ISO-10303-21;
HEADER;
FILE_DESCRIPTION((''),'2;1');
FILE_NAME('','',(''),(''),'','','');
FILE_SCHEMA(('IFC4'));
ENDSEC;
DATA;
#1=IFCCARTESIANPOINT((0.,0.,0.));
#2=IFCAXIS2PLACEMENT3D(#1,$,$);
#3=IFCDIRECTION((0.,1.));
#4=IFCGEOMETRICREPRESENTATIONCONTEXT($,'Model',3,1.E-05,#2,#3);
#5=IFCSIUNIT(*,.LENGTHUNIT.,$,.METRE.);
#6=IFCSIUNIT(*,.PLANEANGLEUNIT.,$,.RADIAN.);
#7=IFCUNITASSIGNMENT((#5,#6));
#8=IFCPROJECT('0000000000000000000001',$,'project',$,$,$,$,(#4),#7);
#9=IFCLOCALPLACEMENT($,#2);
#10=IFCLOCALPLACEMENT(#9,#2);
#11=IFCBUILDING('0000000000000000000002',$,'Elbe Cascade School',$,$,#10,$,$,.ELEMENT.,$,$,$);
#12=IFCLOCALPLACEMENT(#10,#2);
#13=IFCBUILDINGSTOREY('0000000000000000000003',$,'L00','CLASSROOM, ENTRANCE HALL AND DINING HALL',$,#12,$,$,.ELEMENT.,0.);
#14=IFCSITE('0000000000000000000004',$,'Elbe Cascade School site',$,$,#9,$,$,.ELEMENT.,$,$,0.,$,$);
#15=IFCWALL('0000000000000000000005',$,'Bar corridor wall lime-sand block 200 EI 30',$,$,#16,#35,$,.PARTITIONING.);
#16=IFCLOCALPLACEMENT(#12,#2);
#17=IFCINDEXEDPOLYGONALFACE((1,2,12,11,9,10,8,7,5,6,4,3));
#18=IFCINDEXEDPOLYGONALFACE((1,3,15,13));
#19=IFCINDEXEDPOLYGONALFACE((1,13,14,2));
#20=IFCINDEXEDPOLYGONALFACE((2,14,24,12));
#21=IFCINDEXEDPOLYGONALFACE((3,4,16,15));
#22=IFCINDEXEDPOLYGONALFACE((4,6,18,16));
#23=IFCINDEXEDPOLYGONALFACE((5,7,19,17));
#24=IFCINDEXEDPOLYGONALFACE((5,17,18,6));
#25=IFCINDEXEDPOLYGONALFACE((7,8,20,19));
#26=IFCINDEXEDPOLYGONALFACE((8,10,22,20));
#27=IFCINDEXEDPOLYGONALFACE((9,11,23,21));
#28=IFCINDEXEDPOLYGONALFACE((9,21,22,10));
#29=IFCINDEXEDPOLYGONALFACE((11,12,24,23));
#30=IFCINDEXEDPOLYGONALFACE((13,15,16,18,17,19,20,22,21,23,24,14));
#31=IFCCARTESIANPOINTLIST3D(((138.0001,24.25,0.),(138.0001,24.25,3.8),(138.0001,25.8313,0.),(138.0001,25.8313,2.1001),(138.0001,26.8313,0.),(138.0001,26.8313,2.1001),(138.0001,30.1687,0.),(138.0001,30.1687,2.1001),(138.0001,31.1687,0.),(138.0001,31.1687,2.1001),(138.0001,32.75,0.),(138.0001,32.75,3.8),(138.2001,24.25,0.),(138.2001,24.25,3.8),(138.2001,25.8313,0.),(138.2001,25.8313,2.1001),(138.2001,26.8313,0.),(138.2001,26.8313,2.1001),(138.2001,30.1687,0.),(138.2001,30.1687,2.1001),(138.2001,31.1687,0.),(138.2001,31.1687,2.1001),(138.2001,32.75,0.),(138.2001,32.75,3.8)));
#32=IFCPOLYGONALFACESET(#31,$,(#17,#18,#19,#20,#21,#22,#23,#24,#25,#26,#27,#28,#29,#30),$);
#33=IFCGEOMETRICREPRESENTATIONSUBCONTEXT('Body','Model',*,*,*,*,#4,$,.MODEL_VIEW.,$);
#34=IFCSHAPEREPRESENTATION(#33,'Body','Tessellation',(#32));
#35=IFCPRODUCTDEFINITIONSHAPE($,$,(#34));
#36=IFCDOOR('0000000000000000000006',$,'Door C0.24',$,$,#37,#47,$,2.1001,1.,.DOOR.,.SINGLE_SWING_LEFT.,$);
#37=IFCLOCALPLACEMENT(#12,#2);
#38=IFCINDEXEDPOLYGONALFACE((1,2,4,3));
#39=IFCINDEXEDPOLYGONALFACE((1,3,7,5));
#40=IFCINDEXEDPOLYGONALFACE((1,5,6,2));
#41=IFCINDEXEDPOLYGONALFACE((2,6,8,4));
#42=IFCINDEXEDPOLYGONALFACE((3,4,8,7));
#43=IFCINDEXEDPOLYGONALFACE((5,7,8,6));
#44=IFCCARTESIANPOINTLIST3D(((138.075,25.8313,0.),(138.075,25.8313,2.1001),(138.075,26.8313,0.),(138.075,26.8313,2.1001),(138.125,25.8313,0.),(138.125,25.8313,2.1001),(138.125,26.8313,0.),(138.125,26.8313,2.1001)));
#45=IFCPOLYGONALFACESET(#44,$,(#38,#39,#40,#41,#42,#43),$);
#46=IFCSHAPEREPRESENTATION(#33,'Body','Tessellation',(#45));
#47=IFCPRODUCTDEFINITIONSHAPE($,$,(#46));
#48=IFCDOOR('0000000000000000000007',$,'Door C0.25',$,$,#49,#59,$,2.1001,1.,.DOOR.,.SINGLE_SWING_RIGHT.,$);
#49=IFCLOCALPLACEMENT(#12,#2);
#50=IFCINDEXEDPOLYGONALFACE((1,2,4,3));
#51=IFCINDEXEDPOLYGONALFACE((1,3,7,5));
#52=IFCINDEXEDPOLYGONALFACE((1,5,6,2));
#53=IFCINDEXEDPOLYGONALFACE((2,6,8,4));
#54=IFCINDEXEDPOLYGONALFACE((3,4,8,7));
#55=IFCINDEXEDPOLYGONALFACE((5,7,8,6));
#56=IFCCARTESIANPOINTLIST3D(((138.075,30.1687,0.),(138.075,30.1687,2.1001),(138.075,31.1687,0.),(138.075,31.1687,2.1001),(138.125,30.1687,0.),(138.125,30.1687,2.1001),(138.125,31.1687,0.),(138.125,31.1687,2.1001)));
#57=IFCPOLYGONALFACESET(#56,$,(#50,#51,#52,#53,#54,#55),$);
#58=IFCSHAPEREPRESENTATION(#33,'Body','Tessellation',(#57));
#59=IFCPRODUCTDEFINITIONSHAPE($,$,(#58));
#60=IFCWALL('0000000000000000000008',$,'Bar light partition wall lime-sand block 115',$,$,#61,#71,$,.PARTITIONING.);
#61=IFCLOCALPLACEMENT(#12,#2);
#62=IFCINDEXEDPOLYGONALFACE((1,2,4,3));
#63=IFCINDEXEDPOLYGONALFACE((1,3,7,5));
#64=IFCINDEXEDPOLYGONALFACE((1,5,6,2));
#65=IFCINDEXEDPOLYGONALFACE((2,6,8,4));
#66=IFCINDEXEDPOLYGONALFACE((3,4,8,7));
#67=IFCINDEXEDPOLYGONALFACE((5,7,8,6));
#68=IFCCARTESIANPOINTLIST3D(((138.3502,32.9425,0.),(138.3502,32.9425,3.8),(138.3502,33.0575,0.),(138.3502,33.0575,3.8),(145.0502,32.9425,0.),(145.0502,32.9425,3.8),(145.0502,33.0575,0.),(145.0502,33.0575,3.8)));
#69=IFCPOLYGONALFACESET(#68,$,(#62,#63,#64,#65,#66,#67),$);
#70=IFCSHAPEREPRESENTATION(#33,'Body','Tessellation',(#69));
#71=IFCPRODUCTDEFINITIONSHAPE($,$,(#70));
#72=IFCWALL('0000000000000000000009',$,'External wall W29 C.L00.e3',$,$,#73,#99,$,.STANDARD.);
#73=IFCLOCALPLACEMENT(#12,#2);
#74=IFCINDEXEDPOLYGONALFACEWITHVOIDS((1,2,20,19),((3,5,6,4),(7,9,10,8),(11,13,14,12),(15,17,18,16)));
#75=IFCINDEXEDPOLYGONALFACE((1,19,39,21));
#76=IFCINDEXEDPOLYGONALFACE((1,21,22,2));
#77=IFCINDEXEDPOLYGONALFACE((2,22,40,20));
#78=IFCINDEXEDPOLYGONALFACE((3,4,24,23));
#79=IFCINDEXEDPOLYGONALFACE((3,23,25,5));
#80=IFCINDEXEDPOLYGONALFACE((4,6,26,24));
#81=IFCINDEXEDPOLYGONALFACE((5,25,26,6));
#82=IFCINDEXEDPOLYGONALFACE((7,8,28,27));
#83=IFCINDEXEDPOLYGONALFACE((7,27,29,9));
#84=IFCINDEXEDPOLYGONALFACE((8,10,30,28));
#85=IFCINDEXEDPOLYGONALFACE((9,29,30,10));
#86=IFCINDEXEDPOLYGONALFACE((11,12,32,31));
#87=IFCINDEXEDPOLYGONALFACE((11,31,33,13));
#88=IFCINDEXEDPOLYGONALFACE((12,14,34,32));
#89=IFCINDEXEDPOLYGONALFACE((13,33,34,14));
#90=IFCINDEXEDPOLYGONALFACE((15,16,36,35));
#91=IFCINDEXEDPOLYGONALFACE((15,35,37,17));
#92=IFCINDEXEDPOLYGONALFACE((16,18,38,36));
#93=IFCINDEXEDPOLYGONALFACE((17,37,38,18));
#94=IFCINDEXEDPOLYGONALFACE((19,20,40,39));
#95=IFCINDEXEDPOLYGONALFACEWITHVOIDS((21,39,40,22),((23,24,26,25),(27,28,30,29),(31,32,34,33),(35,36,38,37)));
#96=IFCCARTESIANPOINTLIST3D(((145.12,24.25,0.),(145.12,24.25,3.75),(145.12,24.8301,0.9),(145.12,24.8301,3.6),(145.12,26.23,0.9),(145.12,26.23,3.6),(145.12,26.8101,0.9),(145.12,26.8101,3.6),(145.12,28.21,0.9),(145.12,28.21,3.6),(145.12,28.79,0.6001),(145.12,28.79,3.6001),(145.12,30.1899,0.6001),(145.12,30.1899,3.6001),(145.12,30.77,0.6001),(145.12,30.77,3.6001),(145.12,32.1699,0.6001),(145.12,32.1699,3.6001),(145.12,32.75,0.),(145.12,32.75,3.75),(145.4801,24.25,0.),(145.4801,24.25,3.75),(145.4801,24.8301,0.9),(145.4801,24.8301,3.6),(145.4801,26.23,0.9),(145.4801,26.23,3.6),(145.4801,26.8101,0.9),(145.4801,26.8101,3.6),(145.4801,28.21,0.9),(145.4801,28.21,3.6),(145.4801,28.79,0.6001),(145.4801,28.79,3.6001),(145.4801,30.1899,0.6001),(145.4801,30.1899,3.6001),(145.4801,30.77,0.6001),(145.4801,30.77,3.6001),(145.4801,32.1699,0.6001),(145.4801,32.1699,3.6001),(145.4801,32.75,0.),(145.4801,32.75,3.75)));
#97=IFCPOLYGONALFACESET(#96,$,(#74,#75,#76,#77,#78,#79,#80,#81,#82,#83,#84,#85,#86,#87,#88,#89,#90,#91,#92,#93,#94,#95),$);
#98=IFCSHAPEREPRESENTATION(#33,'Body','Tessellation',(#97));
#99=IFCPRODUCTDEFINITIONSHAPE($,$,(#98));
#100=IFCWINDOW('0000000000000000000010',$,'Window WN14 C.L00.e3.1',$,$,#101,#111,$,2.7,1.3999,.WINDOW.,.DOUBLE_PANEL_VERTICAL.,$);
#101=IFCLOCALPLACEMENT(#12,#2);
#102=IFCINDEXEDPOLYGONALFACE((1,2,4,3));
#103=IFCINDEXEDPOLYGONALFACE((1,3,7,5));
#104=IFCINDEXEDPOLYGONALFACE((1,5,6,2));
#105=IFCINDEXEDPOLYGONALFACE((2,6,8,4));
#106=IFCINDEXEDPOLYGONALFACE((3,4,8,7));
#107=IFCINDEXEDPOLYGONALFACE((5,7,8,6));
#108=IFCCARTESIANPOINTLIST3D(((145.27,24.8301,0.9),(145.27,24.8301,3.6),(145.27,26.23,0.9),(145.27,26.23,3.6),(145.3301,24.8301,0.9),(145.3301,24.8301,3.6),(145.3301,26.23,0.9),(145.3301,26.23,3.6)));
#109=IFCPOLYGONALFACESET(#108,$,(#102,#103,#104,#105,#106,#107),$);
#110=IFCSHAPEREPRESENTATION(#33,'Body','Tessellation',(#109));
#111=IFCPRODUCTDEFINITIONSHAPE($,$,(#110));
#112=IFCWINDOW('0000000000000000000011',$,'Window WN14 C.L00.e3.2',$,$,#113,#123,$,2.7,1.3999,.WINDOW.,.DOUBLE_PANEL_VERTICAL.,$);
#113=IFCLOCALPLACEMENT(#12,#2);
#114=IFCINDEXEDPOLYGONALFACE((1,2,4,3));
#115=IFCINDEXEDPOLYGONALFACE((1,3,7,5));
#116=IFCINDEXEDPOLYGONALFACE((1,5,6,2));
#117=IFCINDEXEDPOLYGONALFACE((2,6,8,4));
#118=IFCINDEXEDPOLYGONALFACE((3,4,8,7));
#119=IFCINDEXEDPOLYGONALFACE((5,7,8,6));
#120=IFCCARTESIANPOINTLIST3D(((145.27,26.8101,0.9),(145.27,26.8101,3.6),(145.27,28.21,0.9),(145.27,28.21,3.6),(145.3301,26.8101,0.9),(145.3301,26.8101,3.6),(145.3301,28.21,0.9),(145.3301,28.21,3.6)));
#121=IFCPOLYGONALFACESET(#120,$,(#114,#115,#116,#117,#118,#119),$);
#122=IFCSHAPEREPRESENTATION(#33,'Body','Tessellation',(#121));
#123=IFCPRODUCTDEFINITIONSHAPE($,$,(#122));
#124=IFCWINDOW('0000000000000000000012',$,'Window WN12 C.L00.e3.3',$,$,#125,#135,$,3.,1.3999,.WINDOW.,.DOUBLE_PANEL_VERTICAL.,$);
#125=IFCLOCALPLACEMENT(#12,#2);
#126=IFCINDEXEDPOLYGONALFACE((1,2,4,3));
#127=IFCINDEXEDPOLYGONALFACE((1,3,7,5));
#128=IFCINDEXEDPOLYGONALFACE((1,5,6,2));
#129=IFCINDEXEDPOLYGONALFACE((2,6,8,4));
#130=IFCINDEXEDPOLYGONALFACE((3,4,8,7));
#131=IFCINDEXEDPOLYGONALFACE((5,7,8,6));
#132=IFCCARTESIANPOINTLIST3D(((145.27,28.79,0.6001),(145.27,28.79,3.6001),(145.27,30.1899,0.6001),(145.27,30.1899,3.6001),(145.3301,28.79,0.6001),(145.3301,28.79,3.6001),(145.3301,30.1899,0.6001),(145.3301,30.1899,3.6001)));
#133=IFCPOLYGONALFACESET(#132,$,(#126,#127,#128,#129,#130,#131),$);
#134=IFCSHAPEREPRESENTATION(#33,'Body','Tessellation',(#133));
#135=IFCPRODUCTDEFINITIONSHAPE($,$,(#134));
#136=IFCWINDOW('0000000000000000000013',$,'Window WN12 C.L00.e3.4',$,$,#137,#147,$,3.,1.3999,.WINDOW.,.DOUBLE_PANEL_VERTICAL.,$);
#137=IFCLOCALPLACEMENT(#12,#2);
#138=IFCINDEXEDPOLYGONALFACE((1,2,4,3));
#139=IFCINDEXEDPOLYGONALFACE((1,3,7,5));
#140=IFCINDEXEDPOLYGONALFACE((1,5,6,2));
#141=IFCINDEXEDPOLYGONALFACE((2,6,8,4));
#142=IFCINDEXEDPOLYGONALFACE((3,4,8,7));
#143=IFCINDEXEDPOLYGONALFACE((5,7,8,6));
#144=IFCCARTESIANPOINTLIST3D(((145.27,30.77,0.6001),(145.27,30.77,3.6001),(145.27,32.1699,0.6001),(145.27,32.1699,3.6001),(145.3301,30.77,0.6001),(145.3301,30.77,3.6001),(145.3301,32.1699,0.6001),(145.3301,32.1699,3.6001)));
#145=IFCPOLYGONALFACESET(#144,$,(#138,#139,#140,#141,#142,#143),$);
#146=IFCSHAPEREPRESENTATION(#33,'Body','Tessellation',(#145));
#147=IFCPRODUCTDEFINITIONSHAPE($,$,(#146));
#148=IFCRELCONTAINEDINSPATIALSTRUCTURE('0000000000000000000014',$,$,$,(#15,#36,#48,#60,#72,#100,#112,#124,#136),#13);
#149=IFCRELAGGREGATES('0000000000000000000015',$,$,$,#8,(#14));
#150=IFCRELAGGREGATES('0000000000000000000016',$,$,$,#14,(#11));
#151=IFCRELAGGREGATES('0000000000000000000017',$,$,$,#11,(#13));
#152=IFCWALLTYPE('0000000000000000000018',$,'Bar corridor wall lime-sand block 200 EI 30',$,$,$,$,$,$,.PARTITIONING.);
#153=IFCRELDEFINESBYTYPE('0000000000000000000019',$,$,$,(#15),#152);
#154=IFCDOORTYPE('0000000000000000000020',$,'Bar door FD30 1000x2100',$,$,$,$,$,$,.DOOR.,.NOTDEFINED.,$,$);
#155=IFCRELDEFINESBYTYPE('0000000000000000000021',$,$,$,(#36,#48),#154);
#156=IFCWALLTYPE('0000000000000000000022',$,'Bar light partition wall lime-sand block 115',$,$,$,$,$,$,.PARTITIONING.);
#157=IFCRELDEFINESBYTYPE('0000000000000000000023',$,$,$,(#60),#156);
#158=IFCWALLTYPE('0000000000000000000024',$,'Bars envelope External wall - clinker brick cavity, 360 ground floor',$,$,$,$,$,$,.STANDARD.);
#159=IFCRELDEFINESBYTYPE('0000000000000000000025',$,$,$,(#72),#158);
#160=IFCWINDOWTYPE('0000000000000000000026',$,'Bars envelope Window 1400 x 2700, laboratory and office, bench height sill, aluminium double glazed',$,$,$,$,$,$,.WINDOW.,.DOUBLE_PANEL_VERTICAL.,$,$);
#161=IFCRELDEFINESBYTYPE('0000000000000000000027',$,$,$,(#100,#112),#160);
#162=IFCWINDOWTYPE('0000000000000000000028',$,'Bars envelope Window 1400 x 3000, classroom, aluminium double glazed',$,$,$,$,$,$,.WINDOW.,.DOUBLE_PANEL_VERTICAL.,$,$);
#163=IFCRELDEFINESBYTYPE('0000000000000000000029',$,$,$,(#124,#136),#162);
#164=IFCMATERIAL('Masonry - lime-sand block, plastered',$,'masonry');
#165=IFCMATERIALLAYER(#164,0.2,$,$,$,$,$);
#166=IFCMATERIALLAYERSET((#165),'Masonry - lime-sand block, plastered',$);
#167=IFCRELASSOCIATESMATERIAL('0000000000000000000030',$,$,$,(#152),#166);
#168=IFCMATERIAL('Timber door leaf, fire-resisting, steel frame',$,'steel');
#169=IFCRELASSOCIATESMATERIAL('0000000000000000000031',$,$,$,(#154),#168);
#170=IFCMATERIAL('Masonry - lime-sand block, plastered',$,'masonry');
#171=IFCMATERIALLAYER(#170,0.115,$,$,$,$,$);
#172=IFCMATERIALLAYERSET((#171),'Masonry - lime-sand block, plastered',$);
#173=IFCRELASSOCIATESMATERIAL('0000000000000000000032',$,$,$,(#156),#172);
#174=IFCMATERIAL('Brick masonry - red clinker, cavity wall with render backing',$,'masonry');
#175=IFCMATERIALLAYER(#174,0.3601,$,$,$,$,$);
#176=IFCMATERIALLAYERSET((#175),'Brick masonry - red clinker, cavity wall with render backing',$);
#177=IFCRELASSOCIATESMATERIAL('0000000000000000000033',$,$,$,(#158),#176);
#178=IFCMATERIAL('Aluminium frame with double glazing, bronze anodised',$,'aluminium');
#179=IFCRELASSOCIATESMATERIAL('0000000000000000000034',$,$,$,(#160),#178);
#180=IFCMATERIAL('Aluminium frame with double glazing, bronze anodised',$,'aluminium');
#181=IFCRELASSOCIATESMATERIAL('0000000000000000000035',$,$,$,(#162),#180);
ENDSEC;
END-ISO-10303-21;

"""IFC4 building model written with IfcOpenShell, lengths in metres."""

from ifc_helpers import new_model, si_unit, direction, frame, frame_2d, origin, place, context, subcontext, project, spatial, rectangle, extrude, material, layer, layer_set, type_object, element, fill, save


model = new_model("IFC4")

# Units and contexts
model_context = context("Model", 3, precision=1e-05, world=origin(), true_north=direction((0.0, 1.0)))
body_context = subcontext(model_context, "Body", "Model", "MODEL_VIEW")
ifc_project = project(units=[si_unit("LENGTHUNIT", "METRE"), si_unit("PLANEANGLEUNIT", "RADIAN")], contexts=[model_context])

# Site, building, storey
site_placement = place(None, origin())
site = spatial("IfcSite", under=ifc_project, at=site_placement, Name="Elbe Cascade School site", CompositionType="ELEMENT", RefElevation=0.0)
building_placement = place(site_placement, origin())
building = spatial("IfcBuilding", under=site, at=building_placement, Name="Elbe Cascade School", CompositionType="ELEMENT")
storey_placement = place(building_placement, origin())
storey = spatial("IfcBuildingStorey", under=building, at=storey_placement, Name="L00", Description="CLASSROOM, ENTRANCE HALL AND DINING HALL", CompositionType="ELEMENT", Elevation=0.0)

# Shared definitions
ifc_material_1 = material(Name="Masonry - lime-sand block, plastered", Category="masonry")
ifc_layer_1 = layer(ifc_material_1, 0.2)
ifc_layer_set_1 = layer_set([ifc_layer_1], Name="Masonry - lime-sand block, plastered")
wall_type_1 = type_object("IfcWallType", Name="Bar corridor wall lime-sand block 200 EI 30", PredefinedType="PARTITIONING", material=ifc_layer_set_1)
ifc_material_2 = material(Name="Timber door leaf, fire-resisting, steel frame", Category="steel")
door_type = type_object("IfcDoorType", Name="Bar door FD30 1000x2100", OperationType="NOTDEFINED", PredefinedType="DOOR", material=ifc_material_2)

# Wall, openings, doors
wall_1_placement = place(storey_placement, frame((138.1001, 32.75, 0.0), z_axis=(0.0, 0.0, 1.0), x_axis=(0.0, -1.0, 0.0)))
wall_1 = element("IfcWall", 1, at=wall_1_placement, inside=storey, type_object=wall_type_1, Name="Bar corridor wall lime-sand block 200 EI 30", PredefinedType="PARTITIONING", context=body_context, shape_type="SweptSolid", body=[
    extrude(rectangle(XDim=8.5, YDim=0.2, at=frame_2d((4.25, 0.0))), origin(), (0.0, 0.0, 1.0), 3.8),
])
opening_1_placement = place(wall_1_placement, frame((5.9187, 0.0, 0.0)))
opening_1 = element("IfcOpeningElement", 2, at=opening_1_placement, cuts=wall_1, PredefinedType="OPENING", context=body_context, shape_type="SweptSolid", body=[
    extrude(rectangle(XDim=1.0, YDim=2.1001, at=frame_2d((0.5, 1.05))), frame((0.0, 0.1099, 0.0), z_axis=(0.0, -1.0, 0.0), x_axis=(1.0, 0.0, 0.0)), (0.0, 0.0, 1.0), 0.22),
])
opening_2_placement = place(wall_1_placement, frame((1.5813, 0.0, 0.0)))
opening_2 = element("IfcOpeningElement", 3, at=opening_2_placement, cuts=wall_1, PredefinedType="OPENING", context=body_context, shape_type="SweptSolid", body=[
    extrude(rectangle(XDim=1.0, YDim=2.1001, at=frame_2d((0.5, 1.05))), frame((0.0, 0.1099, 0.0), z_axis=(0.0, -1.0, 0.0), x_axis=(1.0, 0.0, 0.0)), (0.0, 0.0, 1.0), 0.22),
])
door_1_placement = place(opening_1_placement, origin())
door_1 = element("IfcDoor", 4, at=door_1_placement, inside=storey, type_object=door_type, Name="Door C0.24", OperationType="SINGLE_SWING_LEFT", OverallHeight=2.1001, OverallWidth=1.0, PredefinedType="DOOR", context=body_context, shape_type="SweptSolid", body=[
    extrude(rectangle(XDim=1.0, YDim=2.1001, at=frame_2d((0.5, 1.05))), frame((0.0, 0.0249, 0.0), z_axis=(0.0, -1.0, 0.0), x_axis=(1.0, 0.0, 0.0)), (0.0, 0.0, 1.0), 0.05),
])
fill(opening_1, door_1)
door_2_placement = place(opening_2_placement, origin())
door_2 = element("IfcDoor", 5, at=door_2_placement, inside=storey, type_object=door_type, Name="Door C0.25", OperationType="SINGLE_SWING_RIGHT", OverallHeight=2.1001, OverallWidth=1.0, PredefinedType="DOOR", context=body_context, shape_type="SweptSolid", body=[
    extrude(rectangle(XDim=1.0, YDim=2.1001, at=frame_2d((0.5, 1.05))), frame((0.0, 0.0249, 0.0), z_axis=(0.0, -1.0, 0.0), x_axis=(1.0, 0.0, 0.0)), (0.0, 0.0, 1.0), 0.05),
])
fill(opening_2, door_2)

# Wall
ifc_material_3 = material(Name="Masonry - lime-sand block, plastered", Category="masonry")
ifc_layer_2 = layer(ifc_material_3, 0.115)
ifc_layer_set_2 = layer_set([ifc_layer_2], Name="Masonry - lime-sand block, plastered")
wall_type_2 = type_object("IfcWallType", Name="Bar light partition wall lime-sand block 115", PredefinedType="PARTITIONING", material=ifc_layer_set_2)
wall_2_placement = place(storey_placement, frame((138.3501, 33.0, 0.0), z_axis=(0.0, 0.0, 1.0), x_axis=(1.0, 0.0, 0.0)))
element("IfcWall", 6, at=wall_2_placement, inside=storey, type_object=wall_type_2, Name="Bar light partition wall lime-sand block 115", PredefinedType="PARTITIONING", context=body_context, shape_type="SweptSolid", body=[
    extrude(rectangle(XDim=6.7, YDim=0.115, at=frame_2d((3.3501, 0.0))), origin(), (0.0, 0.0, 1.0), 3.8),
])

# Wall, openings, windows
ifc_material_4 = material(Name="Brick masonry - red clinker, cavity wall with render backing", Category="masonry")
ifc_layer_3 = layer(ifc_material_4, 0.3601)
ifc_layer_set_3 = layer_set([ifc_layer_3], Name="Brick masonry - red clinker, cavity wall with render backing")
wall_type_3 = type_object("IfcWallType", Name="Bars envelope External wall - clinker brick cavity, 360 ground floor", PredefinedType="STANDARD", material=ifc_layer_set_3)
wall_3_placement = place(storey_placement, frame((145.3, 32.75, 0.0), z_axis=(0.0, 0.0, 1.0), x_axis=(0.0, -1.0, 0.0)))
wall_3 = element("IfcWall", 7, at=wall_3_placement, inside=storey, type_object=wall_type_3, Name="External wall W29 C.L00.e3", PredefinedType="STANDARD", context=body_context, shape_type="SweptSolid", body=[
    extrude(rectangle(XDim=8.5, YDim=0.3601, at=frame_2d((4.25, 0.0))), origin(), (0.0, 0.0, 1.0), 3.75),
])
opening_3_placement = place(wall_3_placement, frame((6.52, 0.0, 0.8999)))
opening_3 = element("IfcOpeningElement", 8, at=opening_3_placement, cuts=wall_3, PredefinedType="OPENING", context=body_context, shape_type="SweptSolid", body=[
    extrude(rectangle(XDim=1.3999, YDim=2.7, at=frame_2d((0.7, 1.3501))), frame((0.0, 0.1899, 0.0), z_axis=(0.0, -1.0, 0.0), x_axis=(1.0, 0.0, 0.0)), (0.0, 0.0, 1.0), 0.3801),
])
opening_4_placement = place(wall_3_placement, frame((4.54, 0.0, 0.8999)))
opening_4 = element("IfcOpeningElement", 9, at=opening_4_placement, cuts=wall_3, PredefinedType="OPENING", context=body_context, shape_type="SweptSolid", body=[
    extrude(rectangle(XDim=1.3999, YDim=2.7, at=frame_2d((0.7, 1.3501))), frame((0.0, 0.1899, 0.0), z_axis=(0.0, -1.0, 0.0), x_axis=(1.0, 0.0, 0.0)), (0.0, 0.0, 1.0), 0.3801),
])
opening_5_placement = place(wall_3_placement, frame((2.5601, 0.0, 0.6001)))
opening_5 = element("IfcOpeningElement", 10, at=opening_5_placement, cuts=wall_3, PredefinedType="OPENING", context=body_context, shape_type="SweptSolid", body=[
    extrude(rectangle(XDim=1.3999, YDim=3.0, at=frame_2d((0.7, 1.5))), frame((0.0, 0.1899, 0.0), z_axis=(0.0, -1.0, 0.0), x_axis=(1.0, 0.0, 0.0)), (0.0, 0.0, 1.0), 0.3801),
])
opening_6_placement = place(wall_3_placement, frame((0.5801, 0.0, 0.6001)))
opening_6 = element("IfcOpeningElement", 11, at=opening_6_placement, cuts=wall_3, PredefinedType="OPENING", context=body_context, shape_type="SweptSolid", body=[
    extrude(rectangle(XDim=1.3999, YDim=3.0, at=frame_2d((0.7, 1.5))), frame((0.0, 0.1899, 0.0), z_axis=(0.0, -1.0, 0.0), x_axis=(1.0, 0.0, 0.0)), (0.0, 0.0, 1.0), 0.3801),
])
ifc_material_5 = material(Name="Aluminium frame with double glazing, bronze anodised", Category="aluminium")
window_type_1 = type_object("IfcWindowType", Name="Bars envelope Window 1400 x 2700, laboratory and office, bench height sill, aluminium double glazed", PartitioningType="DOUBLE_PANEL_VERTICAL", PredefinedType="WINDOW", material=ifc_material_5)
window_1_placement = place(opening_3_placement, origin())
window_1 = element("IfcWindow", 12, at=window_1_placement, inside=storey, type_object=window_type_1, Name="Window WN14 C.L00.e3.1", OverallHeight=2.7, OverallWidth=1.3999, PartitioningType="DOUBLE_PANEL_VERTICAL", PredefinedType="WINDOW", context=body_context, shape_type="SweptSolid", body=[
    extrude(rectangle(XDim=1.3999, YDim=2.7, at=frame_2d((0.7, 1.3501))), frame((0.0, 0.03, 0.0), z_axis=(0.0, -1.0, 0.0), x_axis=(1.0, 0.0, 0.0)), (0.0, 0.0, 1.0), 0.0601),
])
fill(opening_3, window_1)
window_2_placement = place(opening_4_placement, origin())
window_2 = element("IfcWindow", 13, at=window_2_placement, inside=storey, type_object=window_type_1, Name="Window WN14 C.L00.e3.2", OverallHeight=2.7, OverallWidth=1.3999, PartitioningType="DOUBLE_PANEL_VERTICAL", PredefinedType="WINDOW", context=body_context, shape_type="SweptSolid", body=[
    extrude(rectangle(XDim=1.3999, YDim=2.7, at=frame_2d((0.7, 1.3501))), frame((0.0, 0.03, 0.0), z_axis=(0.0, -1.0, 0.0), x_axis=(1.0, 0.0, 0.0)), (0.0, 0.0, 1.0), 0.0601),
])
fill(opening_4, window_2)
ifc_material_6 = material(Name="Aluminium frame with double glazing, bronze anodised", Category="aluminium")
window_type_2 = type_object("IfcWindowType", Name="Bars envelope Window 1400 x 3000, classroom, aluminium double glazed", PartitioningType="DOUBLE_PANEL_VERTICAL", PredefinedType="WINDOW", material=ifc_material_6)
window_3_placement = place(opening_5_placement, origin())
window_3 = element("IfcWindow", 14, at=window_3_placement, inside=storey, type_object=window_type_2, Name="Window WN12 C.L00.e3.3", OverallHeight=3.0, OverallWidth=1.3999, PartitioningType="DOUBLE_PANEL_VERTICAL", PredefinedType="WINDOW", context=body_context, shape_type="SweptSolid", body=[
    extrude(rectangle(XDim=1.3999, YDim=3.0, at=frame_2d((0.7, 1.5))), frame((0.0, 0.03, 0.0), z_axis=(0.0, -1.0, 0.0), x_axis=(1.0, 0.0, 0.0)), (0.0, 0.0, 1.0), 0.0601),
])
fill(opening_5, window_3)
window_4_placement = place(opening_6_placement, origin())
window_4 = element("IfcWindow", 15, at=window_4_placement, inside=storey, type_object=window_type_2, Name="Window WN12 C.L00.e3.4", OverallHeight=3.0, OverallWidth=1.3999, PartitioningType="DOUBLE_PANEL_VERTICAL", PredefinedType="WINDOW", context=body_context, shape_type="SweptSolid", body=[
    extrude(rectangle(XDim=1.3999, YDim=3.0, at=frame_2d((0.7, 1.5))), frame((0.0, 0.03, 0.0), z_axis=(0.0, -1.0, 0.0), x_axis=(1.0, 0.0, 0.0)), (0.0, 0.0, 1.0), 0.0601),
])
fill(opening_6, window_4)

save(model, "model.ifc")
